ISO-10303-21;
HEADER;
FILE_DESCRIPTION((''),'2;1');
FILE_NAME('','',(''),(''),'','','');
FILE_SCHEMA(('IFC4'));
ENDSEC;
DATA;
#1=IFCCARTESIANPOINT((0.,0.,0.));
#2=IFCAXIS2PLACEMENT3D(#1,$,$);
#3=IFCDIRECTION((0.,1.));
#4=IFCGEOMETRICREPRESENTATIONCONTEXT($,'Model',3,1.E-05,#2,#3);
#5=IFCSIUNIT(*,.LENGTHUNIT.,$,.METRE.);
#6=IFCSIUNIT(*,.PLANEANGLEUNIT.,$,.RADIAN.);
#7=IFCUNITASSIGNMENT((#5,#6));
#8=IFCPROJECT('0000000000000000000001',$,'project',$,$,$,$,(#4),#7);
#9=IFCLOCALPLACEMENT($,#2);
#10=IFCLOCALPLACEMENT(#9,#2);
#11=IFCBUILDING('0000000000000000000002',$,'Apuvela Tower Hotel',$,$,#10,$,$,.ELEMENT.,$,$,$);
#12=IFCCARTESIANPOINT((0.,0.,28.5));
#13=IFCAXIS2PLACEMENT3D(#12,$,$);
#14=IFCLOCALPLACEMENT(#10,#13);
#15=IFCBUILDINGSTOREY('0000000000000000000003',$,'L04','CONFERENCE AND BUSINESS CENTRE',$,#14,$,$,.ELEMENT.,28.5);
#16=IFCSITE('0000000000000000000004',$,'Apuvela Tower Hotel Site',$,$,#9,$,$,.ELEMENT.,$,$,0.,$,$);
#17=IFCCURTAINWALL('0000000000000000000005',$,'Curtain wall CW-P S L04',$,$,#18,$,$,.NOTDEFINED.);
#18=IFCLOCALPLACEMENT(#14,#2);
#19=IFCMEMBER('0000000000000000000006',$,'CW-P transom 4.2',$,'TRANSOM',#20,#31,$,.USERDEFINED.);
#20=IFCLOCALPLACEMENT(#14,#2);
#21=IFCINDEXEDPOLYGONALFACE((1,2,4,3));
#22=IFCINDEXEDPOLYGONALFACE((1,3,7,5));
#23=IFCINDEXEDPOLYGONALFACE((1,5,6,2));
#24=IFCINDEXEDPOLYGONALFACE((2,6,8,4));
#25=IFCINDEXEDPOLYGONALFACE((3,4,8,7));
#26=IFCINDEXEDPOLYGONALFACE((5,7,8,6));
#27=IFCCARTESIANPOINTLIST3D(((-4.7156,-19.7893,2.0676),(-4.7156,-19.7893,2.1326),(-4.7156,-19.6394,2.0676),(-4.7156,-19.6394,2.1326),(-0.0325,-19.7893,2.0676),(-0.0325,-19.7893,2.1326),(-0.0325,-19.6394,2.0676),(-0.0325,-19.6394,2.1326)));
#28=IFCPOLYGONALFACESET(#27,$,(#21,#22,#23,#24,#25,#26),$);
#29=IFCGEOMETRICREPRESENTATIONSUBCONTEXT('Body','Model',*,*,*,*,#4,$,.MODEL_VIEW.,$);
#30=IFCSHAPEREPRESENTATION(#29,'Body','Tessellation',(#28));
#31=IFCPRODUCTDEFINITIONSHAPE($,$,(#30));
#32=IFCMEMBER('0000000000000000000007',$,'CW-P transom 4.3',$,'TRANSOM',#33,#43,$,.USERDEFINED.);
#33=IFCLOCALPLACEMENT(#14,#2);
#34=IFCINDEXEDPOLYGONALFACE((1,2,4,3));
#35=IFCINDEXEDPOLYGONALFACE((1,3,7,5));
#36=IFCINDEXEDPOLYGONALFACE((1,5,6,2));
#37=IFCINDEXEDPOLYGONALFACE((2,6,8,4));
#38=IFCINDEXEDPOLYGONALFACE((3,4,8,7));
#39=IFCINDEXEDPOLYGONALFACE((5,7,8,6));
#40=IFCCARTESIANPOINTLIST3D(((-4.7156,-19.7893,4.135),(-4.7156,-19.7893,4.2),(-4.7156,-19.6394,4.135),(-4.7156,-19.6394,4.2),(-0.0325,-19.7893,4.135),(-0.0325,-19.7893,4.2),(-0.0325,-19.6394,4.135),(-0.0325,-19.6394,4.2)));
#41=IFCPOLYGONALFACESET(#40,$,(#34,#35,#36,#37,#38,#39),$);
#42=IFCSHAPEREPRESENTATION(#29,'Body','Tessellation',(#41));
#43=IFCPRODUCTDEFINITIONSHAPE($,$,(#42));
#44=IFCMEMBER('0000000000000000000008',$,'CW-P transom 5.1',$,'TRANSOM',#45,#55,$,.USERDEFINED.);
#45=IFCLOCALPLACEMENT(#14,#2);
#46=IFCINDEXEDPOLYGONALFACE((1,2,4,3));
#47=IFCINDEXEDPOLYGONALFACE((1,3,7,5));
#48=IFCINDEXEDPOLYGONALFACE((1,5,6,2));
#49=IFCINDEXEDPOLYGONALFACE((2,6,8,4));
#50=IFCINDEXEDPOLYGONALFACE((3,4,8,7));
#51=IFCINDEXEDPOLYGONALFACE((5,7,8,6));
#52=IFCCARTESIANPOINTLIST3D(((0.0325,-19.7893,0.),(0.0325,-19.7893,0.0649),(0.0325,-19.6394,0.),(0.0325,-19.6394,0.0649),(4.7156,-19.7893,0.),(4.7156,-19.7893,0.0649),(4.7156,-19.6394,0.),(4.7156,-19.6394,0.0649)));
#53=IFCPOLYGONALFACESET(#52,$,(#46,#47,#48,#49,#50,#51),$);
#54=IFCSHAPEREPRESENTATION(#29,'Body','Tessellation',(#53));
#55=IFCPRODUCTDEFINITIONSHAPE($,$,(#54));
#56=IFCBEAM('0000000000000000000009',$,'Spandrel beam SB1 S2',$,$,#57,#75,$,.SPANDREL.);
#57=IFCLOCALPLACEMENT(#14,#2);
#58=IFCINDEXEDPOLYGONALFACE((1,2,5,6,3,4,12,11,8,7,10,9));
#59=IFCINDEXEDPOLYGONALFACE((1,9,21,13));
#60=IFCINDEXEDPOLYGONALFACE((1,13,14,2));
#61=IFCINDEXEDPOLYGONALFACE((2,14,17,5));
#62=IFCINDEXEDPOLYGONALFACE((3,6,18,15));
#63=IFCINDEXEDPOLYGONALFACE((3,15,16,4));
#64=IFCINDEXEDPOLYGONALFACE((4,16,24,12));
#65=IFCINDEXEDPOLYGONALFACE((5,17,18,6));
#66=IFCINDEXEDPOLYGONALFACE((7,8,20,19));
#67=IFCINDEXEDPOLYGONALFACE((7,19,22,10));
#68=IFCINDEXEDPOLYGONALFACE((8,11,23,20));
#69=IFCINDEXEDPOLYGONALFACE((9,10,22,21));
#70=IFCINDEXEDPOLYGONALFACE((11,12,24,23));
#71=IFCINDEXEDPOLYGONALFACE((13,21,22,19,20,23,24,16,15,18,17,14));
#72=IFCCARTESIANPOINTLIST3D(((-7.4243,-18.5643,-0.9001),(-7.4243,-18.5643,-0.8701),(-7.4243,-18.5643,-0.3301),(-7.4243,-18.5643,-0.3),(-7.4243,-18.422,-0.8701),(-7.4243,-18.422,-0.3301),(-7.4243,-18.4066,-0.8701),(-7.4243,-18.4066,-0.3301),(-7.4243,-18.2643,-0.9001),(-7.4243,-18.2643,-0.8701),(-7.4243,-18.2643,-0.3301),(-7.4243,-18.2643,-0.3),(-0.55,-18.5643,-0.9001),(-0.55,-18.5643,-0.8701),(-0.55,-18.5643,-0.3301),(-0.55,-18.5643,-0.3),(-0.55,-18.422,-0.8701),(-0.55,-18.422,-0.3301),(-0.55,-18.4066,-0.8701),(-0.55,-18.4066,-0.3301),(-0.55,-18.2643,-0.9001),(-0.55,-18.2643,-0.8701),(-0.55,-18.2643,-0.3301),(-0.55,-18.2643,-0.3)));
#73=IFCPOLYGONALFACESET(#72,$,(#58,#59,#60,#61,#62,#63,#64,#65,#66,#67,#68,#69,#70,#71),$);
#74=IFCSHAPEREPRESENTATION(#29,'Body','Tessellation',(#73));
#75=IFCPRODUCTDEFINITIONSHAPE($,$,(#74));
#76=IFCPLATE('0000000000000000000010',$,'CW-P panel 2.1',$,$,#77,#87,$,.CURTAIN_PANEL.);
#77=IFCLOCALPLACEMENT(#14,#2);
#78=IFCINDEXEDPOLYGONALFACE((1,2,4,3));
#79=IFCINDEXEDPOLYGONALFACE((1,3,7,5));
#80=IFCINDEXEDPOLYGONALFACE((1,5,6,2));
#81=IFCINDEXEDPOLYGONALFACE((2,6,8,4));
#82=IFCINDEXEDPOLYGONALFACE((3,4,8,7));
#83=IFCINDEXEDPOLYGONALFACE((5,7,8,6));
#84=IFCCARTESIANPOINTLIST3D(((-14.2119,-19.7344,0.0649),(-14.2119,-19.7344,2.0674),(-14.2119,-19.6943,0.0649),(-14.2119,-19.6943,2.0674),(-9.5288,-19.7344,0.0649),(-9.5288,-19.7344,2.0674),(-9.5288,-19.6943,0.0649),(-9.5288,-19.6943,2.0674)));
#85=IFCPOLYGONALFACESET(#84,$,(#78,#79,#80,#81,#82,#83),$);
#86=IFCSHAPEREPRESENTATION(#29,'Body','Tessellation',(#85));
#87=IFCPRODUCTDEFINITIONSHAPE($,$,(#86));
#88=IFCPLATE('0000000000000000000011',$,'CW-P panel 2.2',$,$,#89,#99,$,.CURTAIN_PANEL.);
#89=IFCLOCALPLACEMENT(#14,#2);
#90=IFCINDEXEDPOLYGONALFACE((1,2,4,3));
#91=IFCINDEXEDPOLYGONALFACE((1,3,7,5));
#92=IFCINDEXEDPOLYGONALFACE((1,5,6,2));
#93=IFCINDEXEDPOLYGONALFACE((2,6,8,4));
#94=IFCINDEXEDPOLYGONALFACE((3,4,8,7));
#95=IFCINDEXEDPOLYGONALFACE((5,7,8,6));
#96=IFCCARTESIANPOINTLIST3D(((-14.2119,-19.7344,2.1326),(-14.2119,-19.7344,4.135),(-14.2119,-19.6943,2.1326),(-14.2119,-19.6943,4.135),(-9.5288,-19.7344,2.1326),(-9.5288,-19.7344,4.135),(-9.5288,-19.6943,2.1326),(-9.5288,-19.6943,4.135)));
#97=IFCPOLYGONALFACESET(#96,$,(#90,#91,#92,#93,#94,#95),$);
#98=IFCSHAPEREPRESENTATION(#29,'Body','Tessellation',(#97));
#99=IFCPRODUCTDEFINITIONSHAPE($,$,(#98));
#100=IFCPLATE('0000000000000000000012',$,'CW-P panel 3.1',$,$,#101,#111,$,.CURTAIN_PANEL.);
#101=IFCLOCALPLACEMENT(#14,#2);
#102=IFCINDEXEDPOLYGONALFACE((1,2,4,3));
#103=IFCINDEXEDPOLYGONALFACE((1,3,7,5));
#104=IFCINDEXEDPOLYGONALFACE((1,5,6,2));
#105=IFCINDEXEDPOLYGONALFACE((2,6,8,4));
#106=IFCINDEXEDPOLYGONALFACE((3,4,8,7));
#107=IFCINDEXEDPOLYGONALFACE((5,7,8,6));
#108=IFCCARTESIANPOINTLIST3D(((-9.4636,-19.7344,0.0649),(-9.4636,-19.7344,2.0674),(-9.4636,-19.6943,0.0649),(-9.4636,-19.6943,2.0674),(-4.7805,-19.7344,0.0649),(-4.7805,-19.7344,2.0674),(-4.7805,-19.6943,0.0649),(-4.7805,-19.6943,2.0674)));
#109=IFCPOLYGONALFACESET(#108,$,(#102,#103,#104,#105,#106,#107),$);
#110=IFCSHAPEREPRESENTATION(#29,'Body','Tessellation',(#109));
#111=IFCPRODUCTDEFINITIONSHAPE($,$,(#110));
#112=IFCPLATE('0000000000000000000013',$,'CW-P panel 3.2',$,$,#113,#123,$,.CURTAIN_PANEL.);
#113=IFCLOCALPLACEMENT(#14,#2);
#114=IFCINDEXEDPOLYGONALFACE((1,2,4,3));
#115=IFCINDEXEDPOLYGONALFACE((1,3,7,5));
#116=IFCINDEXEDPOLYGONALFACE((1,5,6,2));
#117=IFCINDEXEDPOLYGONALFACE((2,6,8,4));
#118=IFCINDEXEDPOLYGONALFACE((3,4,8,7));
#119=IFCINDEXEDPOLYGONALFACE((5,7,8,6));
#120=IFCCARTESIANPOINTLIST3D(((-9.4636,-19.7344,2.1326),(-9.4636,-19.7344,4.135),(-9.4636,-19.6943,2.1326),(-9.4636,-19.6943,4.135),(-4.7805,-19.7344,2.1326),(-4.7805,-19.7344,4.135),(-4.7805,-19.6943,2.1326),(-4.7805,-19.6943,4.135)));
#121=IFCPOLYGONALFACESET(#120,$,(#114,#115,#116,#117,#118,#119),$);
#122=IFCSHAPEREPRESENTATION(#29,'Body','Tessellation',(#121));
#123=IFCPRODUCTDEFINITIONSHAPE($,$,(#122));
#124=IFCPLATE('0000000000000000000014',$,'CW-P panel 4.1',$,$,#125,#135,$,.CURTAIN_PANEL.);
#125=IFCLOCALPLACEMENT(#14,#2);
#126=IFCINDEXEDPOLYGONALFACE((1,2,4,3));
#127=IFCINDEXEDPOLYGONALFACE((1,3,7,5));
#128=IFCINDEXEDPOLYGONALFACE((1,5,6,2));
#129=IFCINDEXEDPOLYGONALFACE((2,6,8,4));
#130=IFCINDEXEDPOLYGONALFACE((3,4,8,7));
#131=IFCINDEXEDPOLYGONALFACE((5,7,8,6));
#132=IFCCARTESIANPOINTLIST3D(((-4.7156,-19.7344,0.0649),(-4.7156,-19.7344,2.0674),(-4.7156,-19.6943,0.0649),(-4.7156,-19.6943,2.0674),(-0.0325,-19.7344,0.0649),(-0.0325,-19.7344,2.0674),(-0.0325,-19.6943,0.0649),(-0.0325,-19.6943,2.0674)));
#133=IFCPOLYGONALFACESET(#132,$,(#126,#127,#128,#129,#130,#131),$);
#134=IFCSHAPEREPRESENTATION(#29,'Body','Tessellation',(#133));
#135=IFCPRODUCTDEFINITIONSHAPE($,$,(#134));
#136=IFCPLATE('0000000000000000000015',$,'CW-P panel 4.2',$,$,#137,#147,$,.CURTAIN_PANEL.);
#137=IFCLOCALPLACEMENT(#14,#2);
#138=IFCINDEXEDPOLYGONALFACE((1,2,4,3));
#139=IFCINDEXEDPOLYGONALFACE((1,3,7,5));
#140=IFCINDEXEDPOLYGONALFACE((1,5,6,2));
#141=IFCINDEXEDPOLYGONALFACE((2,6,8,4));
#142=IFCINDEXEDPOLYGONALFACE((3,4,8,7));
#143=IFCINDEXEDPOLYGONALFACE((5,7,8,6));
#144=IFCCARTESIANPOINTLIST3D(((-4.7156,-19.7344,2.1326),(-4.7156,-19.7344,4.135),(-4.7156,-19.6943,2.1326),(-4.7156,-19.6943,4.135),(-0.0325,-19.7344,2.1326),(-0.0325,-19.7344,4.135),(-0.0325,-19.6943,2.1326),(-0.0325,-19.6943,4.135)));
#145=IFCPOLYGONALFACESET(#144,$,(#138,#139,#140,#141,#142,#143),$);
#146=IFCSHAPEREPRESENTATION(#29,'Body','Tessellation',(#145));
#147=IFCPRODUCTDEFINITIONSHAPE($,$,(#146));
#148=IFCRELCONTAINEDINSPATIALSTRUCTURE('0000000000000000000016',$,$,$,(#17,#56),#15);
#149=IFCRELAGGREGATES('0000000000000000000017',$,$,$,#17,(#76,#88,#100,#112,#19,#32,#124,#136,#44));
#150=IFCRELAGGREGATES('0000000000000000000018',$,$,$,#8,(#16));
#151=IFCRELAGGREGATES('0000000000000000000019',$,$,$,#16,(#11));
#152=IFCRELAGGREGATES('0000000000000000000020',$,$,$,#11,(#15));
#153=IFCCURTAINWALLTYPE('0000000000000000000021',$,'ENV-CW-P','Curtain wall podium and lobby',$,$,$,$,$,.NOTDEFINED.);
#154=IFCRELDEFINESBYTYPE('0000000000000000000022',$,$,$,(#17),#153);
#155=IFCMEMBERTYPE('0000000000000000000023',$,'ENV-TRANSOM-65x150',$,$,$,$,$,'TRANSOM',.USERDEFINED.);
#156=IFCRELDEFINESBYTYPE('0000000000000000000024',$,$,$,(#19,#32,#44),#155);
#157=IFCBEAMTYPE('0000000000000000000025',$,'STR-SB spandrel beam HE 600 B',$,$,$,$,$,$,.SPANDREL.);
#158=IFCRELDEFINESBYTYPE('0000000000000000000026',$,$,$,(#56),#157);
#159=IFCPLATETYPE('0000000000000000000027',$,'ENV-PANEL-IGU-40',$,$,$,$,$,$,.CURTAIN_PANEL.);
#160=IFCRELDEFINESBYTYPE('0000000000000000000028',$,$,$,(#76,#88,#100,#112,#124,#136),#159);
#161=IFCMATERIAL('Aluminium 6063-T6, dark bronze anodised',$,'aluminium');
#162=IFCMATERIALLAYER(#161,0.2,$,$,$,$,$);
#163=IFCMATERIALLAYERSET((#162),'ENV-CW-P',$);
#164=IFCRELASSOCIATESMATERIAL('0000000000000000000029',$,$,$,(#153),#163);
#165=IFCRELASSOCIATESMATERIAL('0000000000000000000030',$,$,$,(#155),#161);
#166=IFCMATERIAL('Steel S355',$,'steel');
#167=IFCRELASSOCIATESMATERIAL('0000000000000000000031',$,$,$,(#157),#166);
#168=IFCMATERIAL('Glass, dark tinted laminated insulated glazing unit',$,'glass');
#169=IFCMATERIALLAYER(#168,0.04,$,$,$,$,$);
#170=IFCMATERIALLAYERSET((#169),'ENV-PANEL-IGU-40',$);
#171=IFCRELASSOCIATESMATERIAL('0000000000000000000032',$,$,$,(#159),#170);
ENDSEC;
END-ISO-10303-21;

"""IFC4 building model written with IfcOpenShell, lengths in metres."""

from ifc_helpers import new_model, si_unit, direction, frame, origin, origin_2d, place, context, subcontext, project, spatial, rectangle, i_section, extrude, material, layer, layer_set, material_profile, profile_set, type_object, element, aggregate, save


model = new_model("IFC4")

# Units and contexts
model_context = context("Model", 3, precision=1e-05, world=origin(), true_north=direction((0.0, 1.0)))
body_context = subcontext(model_context, "Body", "Model", "MODEL_VIEW")
ifc_project = project(units=[si_unit("LENGTHUNIT", "METRE"), si_unit("PLANEANGLEUNIT", "RADIAN")], contexts=[model_context])

# Site, building, storey
site_placement = place(None, origin())
site = spatial("IfcSite", under=ifc_project, at=site_placement, Name="Apuvela Tower Hotel Site", CompositionType="ELEMENT", RefElevation=0.0)
building_placement = place(site_placement, origin())
building = spatial("IfcBuilding", under=site, at=building_placement, Name="Apuvela Tower Hotel", CompositionType="ELEMENT")
storey_placement = place(building_placement, frame((0.0, 0.0, 28.5)))
storey = spatial("IfcBuildingStorey", under=building, at=storey_placement, Name="L04", Description="CONFERENCE AND BUSINESS CENTRE", CompositionType="ELEMENT", Elevation=28.5)

# Curtain wall, members
ifc_material_1 = material(Name="Aluminium 6063-T6, dark bronze anodised", Category="aluminium")
ifc_layer_1 = layer(ifc_material_1, 0.2)
ifc_layer_set_1 = layer_set([ifc_layer_1], Name="ENV-CW-P")
curtain_wall_type = type_object("IfcCurtainWallType", Name="ENV-CW-P", Description="Curtain wall podium and lobby", PredefinedType="NOTDEFINED", material=ifc_layer_set_1)
curtain_wall_placement = place(storey_placement, origin())
curtain_wall = element("IfcCurtainWall", 1, at=curtain_wall_placement, inside=storey, type_object=curtain_wall_type, Name="Curtain wall CW-P S L04", PredefinedType="NOTDEFINED")
ifc_material_profile_1 = material_profile(ifc_material_1, rectangle(XDim=0.1499, YDim=0.0649, at=origin_2d()), Name="AL 65x150 transom")
ifc_profile_set_1 = profile_set([ifc_material_profile_1], Name="Aluminium 6063-T6, dark bronze anodised")
member_type_1 = type_object("IfcMemberType", Name="ENV-TRANSOM-65x150", ElementType="TRANSOM", PredefinedType="USERDEFINED", material=ifc_profile_set_1)
member_1_placement = place(storey_placement, frame((-4.7156, -19.7144, 2.1001), z_axis=(1.0, 0.0, 0.0), x_axis=(0.0, 1.0, 0.0)))
member_1 = element("IfcMember", 2, at=member_1_placement, type_object=member_type_1, Name="CW-P transom 4.2", ObjectType="TRANSOM", PredefinedType="USERDEFINED", context=body_context, shape_type="SweptSolid", body=[
    extrude(rectangle(XDim=0.1499, YDim=0.0649, at=origin_2d()), origin(), (0.0, 0.0, 1.0), 4.6831),
])
member_2_placement = place(storey_placement, frame((-4.7156, -19.7144, 4.1675), z_axis=(1.0, 0.0, 0.0), x_axis=(0.0, 1.0, 0.0)))
member_2 = element("IfcMember", 3, at=member_2_placement, type_object=member_type_1, Name="CW-P transom 4.3", ObjectType="TRANSOM", PredefinedType="USERDEFINED", context=body_context, shape_type="SweptSolid", body=[
    extrude(rectangle(XDim=0.1499, YDim=0.0649, at=origin_2d()), origin(), (0.0, 0.0, 1.0), 4.6831),
])
member_3_placement = place(storey_placement, frame((0.0325, -19.7144, 0.0325), z_axis=(1.0, 0.0, 0.0), x_axis=(0.0, 1.0, 0.0)))
member_3 = element("IfcMember", 4, at=member_3_placement, type_object=member_type_1, Name="CW-P transom 5.1", ObjectType="TRANSOM", PredefinedType="USERDEFINED", context=body_context, shape_type="SweptSolid", body=[
    extrude(rectangle(XDim=0.1499, YDim=0.0649, at=origin_2d()), origin(), (0.0, 0.0, 1.0), 4.6831),
])

# Beam
ifc_material_2 = material(Name="Steel S355", Category="steel")
ifc_material_profile_2 = material_profile(ifc_material_2, i_section(OverallWidth=0.3, OverallDepth=0.6001, WebThickness=0.0154, FlangeThickness=0.03, at=origin_2d()), Name="HE 600 B")
ifc_profile_set_2 = profile_set([ifc_material_profile_2], Name="Steel S355")
beam_type = type_object("IfcBeamType", Name="STR-SB spandrel beam HE 600 B", PredefinedType="SPANDREL", material=ifc_profile_set_2)
beam_placement = place(storey_placement, frame((-7.4243, -18.4143, -0.6001), z_axis=(1.0, 0.0, 0.0), x_axis=(0.0, 1.0, 0.0)))
element("IfcBeam", 5, at=beam_placement, inside=storey, type_object=beam_type, Name="Spandrel beam SB1 S2", PredefinedType="SPANDREL", context=body_context, shape_type="SweptSolid", body=[
    extrude(i_section(OverallWidth=0.3, OverallDepth=0.6001, WebThickness=0.0154, FlangeThickness=0.03, at=origin_2d()), origin(), (0.0, 0.0, 1.0), 6.8743),
])

# Plates
ifc_material_3 = material(Name="Glass, dark tinted laminated insulated glazing unit", Category="glass")
ifc_layer_2 = layer(ifc_material_3, 0.04)
ifc_layer_set_2 = layer_set([ifc_layer_2], Name="ENV-PANEL-IGU-40")
plate_type = type_object("IfcPlateType", Name="ENV-PANEL-IGU-40", PredefinedType="CURTAIN_PANEL", material=ifc_layer_set_2)
plate_1_placement = place(storey_placement, frame((-11.8704, -19.7144, 0.0649), z_axis=(0.0, 0.0, 1.0), x_axis=(1.0, 0.0, 0.0)))
plate_1 = element("IfcPlate", 6, at=plate_1_placement, type_object=plate_type, Name="CW-P panel 2.1", PredefinedType="CURTAIN_PANEL", context=body_context, shape_type="SweptSolid", body=[
    extrude(rectangle(XDim=4.6831, YDim=0.04, at=origin_2d()), origin(), (0.0, 0.0, 1.0), 2.0024),
])
plate_2_placement = place(storey_placement, frame((-11.8704, -19.7144, 2.1326), z_axis=(0.0, 0.0, 1.0), x_axis=(1.0, 0.0, 0.0)))
plate_2 = element("IfcPlate", 7, at=plate_2_placement, type_object=plate_type, Name="CW-P panel 2.2", PredefinedType="CURTAIN_PANEL", context=body_context, shape_type="SweptSolid", body=[
    extrude(rectangle(XDim=4.6831, YDim=0.04, at=origin_2d()), origin(), (0.0, 0.0, 1.0), 2.0024),
])
plate_3_placement = place(storey_placement, frame((-7.1221, -19.7144, 0.0649), z_axis=(0.0, 0.0, 1.0), x_axis=(1.0, 0.0, 0.0)))
plate_3 = element("IfcPlate", 8, at=plate_3_placement, type_object=plate_type, Name="CW-P panel 3.1", PredefinedType="CURTAIN_PANEL", context=body_context, shape_type="SweptSolid", body=[
    extrude(rectangle(XDim=4.6831, YDim=0.04, at=origin_2d()), origin(), (0.0, 0.0, 1.0), 2.0024),
])
plate_4_placement = place(storey_placement, frame((-7.1221, -19.7144, 2.1326), z_axis=(0.0, 0.0, 1.0), x_axis=(1.0, 0.0, 0.0)))
plate_4 = element("IfcPlate", 9, at=plate_4_placement, type_object=plate_type, Name="CW-P panel 3.2", PredefinedType="CURTAIN_PANEL", context=body_context, shape_type="SweptSolid", body=[
    extrude(rectangle(XDim=4.6831, YDim=0.04, at=origin_2d()), origin(), (0.0, 0.0, 1.0), 2.0024),
])
plate_5_placement = place(storey_placement, frame((-2.374, -19.7144, 0.0649), z_axis=(0.0, 0.0, 1.0), x_axis=(1.0, 0.0, 0.0)))
plate_5 = element("IfcPlate", 10, at=plate_5_placement, type_object=plate_type, Name="CW-P panel 4.1", PredefinedType="CURTAIN_PANEL", context=body_context, shape_type="SweptSolid", body=[
    extrude(rectangle(XDim=4.6831, YDim=0.04, at=origin_2d()), origin(), (0.0, 0.0, 1.0), 2.0024),
])
plate_6_placement = place(storey_placement, frame((-2.374, -19.7144, 2.1326), z_axis=(0.0, 0.0, 1.0), x_axis=(1.0, 0.0, 0.0)))
plate_6 = element("IfcPlate", 11, at=plate_6_placement, type_object=plate_type, Name="CW-P panel 4.2", PredefinedType="CURTAIN_PANEL", context=body_context, shape_type="SweptSolid", body=[
    extrude(rectangle(XDim=4.6831, YDim=0.04, at=origin_2d()), origin(), (0.0, 0.0, 1.0), 2.0024),
])
aggregate(curtain_wall, [plate_1, plate_2, plate_3, plate_4, member_1, member_2, plate_5, plate_6, member_3])

save(model, "model.ifc")
